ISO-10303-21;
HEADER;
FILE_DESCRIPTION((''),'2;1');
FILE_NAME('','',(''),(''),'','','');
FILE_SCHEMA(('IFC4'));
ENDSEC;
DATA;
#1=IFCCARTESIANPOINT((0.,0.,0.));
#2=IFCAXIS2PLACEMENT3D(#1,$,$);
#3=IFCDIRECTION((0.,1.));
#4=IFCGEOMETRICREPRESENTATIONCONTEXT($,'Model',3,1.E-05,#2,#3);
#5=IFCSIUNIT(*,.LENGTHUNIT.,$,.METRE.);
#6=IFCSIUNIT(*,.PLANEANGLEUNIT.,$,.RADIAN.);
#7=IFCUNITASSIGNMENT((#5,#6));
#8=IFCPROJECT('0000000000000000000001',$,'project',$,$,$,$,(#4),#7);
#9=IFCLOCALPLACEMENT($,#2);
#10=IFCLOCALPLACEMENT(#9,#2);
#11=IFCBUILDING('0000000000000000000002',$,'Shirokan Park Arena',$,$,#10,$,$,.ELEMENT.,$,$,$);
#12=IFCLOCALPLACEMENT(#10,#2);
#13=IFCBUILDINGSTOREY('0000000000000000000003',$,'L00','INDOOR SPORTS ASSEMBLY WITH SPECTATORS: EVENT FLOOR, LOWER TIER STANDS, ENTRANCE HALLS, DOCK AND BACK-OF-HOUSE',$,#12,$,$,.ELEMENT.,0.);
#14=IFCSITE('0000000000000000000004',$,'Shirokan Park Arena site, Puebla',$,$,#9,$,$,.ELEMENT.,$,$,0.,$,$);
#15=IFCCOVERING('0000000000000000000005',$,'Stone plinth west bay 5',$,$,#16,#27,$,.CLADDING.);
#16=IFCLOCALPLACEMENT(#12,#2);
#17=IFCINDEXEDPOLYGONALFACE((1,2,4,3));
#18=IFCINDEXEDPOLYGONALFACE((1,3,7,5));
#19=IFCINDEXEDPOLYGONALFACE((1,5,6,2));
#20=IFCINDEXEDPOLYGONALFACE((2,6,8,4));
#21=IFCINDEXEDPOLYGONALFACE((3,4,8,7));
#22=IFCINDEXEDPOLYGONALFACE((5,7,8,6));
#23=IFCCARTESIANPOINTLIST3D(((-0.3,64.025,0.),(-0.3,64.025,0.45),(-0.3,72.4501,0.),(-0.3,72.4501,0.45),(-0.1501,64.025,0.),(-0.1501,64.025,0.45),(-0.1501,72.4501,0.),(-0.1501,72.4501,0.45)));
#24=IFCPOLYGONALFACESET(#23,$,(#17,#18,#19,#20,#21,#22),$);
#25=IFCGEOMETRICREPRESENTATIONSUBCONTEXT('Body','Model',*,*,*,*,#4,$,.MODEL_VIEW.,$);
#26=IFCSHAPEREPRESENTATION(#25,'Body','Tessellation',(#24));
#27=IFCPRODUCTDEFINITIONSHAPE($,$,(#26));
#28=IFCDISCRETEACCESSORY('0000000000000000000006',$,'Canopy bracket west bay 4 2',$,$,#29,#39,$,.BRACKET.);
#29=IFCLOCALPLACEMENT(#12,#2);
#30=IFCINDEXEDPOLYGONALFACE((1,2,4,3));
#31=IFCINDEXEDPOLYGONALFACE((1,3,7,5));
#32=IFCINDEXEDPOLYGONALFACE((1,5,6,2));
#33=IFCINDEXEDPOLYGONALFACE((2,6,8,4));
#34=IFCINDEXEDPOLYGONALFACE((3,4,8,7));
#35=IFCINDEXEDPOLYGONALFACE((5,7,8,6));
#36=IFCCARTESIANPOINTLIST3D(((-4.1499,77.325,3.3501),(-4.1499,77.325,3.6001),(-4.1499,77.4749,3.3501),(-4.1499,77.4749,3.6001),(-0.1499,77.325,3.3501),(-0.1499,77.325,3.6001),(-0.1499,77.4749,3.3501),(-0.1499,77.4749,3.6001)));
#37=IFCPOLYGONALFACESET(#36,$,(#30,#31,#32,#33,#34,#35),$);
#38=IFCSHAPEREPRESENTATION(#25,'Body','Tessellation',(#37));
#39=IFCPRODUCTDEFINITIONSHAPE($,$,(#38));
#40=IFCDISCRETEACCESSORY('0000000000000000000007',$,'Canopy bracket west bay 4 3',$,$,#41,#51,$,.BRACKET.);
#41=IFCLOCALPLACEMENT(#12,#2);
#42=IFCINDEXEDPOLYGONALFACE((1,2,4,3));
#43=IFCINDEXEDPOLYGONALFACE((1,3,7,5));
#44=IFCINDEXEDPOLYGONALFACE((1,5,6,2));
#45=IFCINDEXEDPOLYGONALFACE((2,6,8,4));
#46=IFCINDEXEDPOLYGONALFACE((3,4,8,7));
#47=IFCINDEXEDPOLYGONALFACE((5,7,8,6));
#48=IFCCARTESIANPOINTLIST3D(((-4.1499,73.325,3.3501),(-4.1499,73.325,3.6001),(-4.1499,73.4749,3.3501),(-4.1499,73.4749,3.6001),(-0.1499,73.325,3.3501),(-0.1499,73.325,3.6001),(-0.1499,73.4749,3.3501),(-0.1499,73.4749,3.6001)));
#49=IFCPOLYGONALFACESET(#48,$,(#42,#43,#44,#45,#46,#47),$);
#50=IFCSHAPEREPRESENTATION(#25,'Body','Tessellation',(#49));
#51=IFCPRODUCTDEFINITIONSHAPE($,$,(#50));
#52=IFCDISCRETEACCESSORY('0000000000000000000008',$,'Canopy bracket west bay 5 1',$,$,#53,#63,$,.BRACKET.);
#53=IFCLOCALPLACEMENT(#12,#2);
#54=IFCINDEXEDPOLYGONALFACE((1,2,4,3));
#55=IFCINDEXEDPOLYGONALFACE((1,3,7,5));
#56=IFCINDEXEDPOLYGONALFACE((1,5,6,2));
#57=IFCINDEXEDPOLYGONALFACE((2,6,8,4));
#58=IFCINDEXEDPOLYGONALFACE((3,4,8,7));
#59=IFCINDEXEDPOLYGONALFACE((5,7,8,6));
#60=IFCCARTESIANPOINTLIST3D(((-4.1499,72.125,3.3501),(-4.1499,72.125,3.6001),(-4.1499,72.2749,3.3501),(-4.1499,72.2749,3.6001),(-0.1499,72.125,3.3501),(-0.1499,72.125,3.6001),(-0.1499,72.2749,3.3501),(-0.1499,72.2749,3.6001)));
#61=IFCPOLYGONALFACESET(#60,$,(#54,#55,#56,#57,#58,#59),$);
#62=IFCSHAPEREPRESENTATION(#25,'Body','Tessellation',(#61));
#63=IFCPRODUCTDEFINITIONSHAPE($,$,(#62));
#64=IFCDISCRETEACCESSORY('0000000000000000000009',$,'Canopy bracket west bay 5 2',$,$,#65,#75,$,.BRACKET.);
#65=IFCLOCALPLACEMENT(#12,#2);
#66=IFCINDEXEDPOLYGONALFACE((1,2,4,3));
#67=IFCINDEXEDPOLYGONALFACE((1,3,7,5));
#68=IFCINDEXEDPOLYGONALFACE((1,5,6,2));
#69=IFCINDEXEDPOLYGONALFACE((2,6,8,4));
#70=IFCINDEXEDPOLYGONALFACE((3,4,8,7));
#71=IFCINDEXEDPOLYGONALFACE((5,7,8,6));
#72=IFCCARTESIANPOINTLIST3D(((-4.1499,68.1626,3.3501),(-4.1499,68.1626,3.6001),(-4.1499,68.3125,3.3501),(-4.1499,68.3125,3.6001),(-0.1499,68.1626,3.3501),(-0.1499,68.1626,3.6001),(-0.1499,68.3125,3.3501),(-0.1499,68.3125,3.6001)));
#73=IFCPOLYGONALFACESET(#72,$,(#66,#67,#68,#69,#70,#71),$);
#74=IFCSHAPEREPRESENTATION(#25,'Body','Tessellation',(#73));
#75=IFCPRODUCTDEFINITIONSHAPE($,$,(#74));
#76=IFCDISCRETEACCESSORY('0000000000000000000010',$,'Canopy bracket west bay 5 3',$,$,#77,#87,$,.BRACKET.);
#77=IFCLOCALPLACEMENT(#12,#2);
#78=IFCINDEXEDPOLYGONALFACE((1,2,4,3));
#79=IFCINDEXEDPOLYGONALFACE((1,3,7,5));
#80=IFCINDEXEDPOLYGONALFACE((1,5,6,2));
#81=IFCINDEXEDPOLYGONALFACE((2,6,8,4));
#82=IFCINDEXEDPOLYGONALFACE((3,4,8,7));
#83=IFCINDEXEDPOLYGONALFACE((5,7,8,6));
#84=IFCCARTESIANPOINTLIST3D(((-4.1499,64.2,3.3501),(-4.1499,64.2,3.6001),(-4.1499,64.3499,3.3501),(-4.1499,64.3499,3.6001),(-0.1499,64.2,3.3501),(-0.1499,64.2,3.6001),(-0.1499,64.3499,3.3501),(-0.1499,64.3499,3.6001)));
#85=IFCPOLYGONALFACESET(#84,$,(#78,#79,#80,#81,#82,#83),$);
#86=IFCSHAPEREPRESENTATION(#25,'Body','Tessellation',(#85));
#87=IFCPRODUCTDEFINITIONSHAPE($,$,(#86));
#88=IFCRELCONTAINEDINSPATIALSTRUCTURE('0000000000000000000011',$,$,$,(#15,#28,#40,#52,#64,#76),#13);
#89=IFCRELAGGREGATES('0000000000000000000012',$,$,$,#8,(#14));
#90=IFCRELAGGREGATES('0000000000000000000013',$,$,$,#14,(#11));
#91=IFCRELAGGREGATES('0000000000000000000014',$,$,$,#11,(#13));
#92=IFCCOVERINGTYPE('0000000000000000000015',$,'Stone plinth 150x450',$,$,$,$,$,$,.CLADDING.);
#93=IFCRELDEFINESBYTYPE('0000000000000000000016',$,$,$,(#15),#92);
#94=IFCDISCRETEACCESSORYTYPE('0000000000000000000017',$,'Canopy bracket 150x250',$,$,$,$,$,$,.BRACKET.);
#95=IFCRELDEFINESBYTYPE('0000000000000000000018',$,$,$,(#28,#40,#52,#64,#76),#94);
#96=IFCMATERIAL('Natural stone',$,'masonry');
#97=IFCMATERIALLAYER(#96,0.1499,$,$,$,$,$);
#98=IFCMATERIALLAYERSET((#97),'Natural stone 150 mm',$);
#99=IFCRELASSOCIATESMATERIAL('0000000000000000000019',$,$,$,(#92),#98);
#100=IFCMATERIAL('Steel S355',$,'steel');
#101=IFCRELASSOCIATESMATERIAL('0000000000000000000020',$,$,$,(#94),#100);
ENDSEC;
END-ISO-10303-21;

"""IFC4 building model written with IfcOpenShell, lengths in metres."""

from ifc_helpers import new_model, si_unit, direction, frame, origin, origin_2d, place, context, subcontext, project, spatial, rectangle, extrude, material, layer, layer_set, type_object, element, save


model = new_model("IFC4")

# Units and contexts
model_context = context("Model", 3, precision=1e-05, world=origin(), true_north=direction((0.0, 1.0)))
body_context = subcontext(model_context, "Body", "Model", "MODEL_VIEW")
ifc_project = project(units=[si_unit("LENGTHUNIT", "METRE"), si_unit("PLANEANGLEUNIT", "RADIAN")], contexts=[model_context])

# Site, building, storey
site_placement = place(None, origin())
site = spatial("IfcSite", under=ifc_project, at=site_placement, Name="Shirokan Park Arena site, Puebla", CompositionType="ELEMENT", RefElevation=0.0)
building_placement = place(site_placement, origin())
building = spatial("IfcBuilding", under=site, at=building_placement, Name="Shirokan Park Arena", CompositionType="ELEMENT")
storey_placement = place(building_placement, origin())
storey = spatial("IfcBuildingStorey", under=building, at=storey_placement, Name="L00", Description="INDOOR SPORTS ASSEMBLY WITH SPECTATORS: EVENT FLOOR, LOWER TIER STANDS, ENTRANCE HALLS, DOCK AND BACK-OF-HOUSE", CompositionType="ELEMENT", Elevation=0.0)

# Shared definitions
ifc_material_1 = material(Name="Steel S355", Category="steel")

# Covering
ifc_material_2 = material(Name="Natural stone", Category="masonry")
ifc_layer_1 = layer(ifc_material_2, 0.1499)
ifc_layer_set_1 = layer_set([ifc_layer_1], Name="Natural stone 150 mm")
covering_type_1 = type_object("IfcCoveringType", Name="Stone plinth 150x450", PredefinedType="CLADDING", material=ifc_layer_set_1)
covering_1_placement = place(storey_placement, frame((-0.2251, 68.2375, 0.0), z_axis=(0.0, 0.0, 1.0), x_axis=(0.0, -1.0, 0.0)))
element("IfcCovering", 1, at=covering_1_placement, inside=storey, type_object=covering_type_1, Name="Stone plinth west bay 5", PredefinedType="CLADDING", context=body_context, shape_type="SweptSolid", body=[
    extrude(rectangle(XDim=8.425, YDim=0.1499, at=origin_2d()), origin(), (0.0, 0.0, 1.0), 0.45),
])

# Discrete accessories
discrete_accessory_type = type_object("IfcDiscreteAccessoryType", Name="Canopy bracket 150x250", PredefinedType="BRACKET", material=ifc_material_1)
for number, where, z_axis, x_axis, name in (
    (2, (-2.1499, 77.3999, 3.3501), (0.0, 0.0, 1.0), (0.0, -1.0, 0.0), "Canopy bracket west bay 4 2"),
    (3, (-2.1499, 73.3999, 3.3501), (0.0, 0.0, 1.0), (0.0, -1.0, 0.0), "Canopy bracket west bay 4 3"),
    (4, (-2.1499, 72.2, 3.3501), (0.0, 0.0, 1.0), (0.0, -1.0, 0.0), "Canopy bracket west bay 5 1"),
    (5, (-2.1499, 68.2375, 3.3501), (0.0, 0.0, 1.0), (0.0, -1.0, 0.0), "Canopy bracket west bay 5 2"),
    (6, (-2.1499, 64.2749, 3.3501), (0.0, 0.0, 1.0), (0.0, -1.0, 0.0), "Canopy bracket west bay 5 3"),
):
    element("IfcDiscreteAccessory", number, at=place(storey_placement, frame(where, z_axis=z_axis, x_axis=x_axis)), inside=storey, type_object=discrete_accessory_type, Name=name, PredefinedType="BRACKET", context=body_context, shape_type="SweptSolid", body=[
        extrude(rectangle(XDim=0.1499, YDim=4.0, at=origin_2d()), origin(), (0.0, 0.0, 1.0), 0.25),
    ])

save(model, "model.ifc")
